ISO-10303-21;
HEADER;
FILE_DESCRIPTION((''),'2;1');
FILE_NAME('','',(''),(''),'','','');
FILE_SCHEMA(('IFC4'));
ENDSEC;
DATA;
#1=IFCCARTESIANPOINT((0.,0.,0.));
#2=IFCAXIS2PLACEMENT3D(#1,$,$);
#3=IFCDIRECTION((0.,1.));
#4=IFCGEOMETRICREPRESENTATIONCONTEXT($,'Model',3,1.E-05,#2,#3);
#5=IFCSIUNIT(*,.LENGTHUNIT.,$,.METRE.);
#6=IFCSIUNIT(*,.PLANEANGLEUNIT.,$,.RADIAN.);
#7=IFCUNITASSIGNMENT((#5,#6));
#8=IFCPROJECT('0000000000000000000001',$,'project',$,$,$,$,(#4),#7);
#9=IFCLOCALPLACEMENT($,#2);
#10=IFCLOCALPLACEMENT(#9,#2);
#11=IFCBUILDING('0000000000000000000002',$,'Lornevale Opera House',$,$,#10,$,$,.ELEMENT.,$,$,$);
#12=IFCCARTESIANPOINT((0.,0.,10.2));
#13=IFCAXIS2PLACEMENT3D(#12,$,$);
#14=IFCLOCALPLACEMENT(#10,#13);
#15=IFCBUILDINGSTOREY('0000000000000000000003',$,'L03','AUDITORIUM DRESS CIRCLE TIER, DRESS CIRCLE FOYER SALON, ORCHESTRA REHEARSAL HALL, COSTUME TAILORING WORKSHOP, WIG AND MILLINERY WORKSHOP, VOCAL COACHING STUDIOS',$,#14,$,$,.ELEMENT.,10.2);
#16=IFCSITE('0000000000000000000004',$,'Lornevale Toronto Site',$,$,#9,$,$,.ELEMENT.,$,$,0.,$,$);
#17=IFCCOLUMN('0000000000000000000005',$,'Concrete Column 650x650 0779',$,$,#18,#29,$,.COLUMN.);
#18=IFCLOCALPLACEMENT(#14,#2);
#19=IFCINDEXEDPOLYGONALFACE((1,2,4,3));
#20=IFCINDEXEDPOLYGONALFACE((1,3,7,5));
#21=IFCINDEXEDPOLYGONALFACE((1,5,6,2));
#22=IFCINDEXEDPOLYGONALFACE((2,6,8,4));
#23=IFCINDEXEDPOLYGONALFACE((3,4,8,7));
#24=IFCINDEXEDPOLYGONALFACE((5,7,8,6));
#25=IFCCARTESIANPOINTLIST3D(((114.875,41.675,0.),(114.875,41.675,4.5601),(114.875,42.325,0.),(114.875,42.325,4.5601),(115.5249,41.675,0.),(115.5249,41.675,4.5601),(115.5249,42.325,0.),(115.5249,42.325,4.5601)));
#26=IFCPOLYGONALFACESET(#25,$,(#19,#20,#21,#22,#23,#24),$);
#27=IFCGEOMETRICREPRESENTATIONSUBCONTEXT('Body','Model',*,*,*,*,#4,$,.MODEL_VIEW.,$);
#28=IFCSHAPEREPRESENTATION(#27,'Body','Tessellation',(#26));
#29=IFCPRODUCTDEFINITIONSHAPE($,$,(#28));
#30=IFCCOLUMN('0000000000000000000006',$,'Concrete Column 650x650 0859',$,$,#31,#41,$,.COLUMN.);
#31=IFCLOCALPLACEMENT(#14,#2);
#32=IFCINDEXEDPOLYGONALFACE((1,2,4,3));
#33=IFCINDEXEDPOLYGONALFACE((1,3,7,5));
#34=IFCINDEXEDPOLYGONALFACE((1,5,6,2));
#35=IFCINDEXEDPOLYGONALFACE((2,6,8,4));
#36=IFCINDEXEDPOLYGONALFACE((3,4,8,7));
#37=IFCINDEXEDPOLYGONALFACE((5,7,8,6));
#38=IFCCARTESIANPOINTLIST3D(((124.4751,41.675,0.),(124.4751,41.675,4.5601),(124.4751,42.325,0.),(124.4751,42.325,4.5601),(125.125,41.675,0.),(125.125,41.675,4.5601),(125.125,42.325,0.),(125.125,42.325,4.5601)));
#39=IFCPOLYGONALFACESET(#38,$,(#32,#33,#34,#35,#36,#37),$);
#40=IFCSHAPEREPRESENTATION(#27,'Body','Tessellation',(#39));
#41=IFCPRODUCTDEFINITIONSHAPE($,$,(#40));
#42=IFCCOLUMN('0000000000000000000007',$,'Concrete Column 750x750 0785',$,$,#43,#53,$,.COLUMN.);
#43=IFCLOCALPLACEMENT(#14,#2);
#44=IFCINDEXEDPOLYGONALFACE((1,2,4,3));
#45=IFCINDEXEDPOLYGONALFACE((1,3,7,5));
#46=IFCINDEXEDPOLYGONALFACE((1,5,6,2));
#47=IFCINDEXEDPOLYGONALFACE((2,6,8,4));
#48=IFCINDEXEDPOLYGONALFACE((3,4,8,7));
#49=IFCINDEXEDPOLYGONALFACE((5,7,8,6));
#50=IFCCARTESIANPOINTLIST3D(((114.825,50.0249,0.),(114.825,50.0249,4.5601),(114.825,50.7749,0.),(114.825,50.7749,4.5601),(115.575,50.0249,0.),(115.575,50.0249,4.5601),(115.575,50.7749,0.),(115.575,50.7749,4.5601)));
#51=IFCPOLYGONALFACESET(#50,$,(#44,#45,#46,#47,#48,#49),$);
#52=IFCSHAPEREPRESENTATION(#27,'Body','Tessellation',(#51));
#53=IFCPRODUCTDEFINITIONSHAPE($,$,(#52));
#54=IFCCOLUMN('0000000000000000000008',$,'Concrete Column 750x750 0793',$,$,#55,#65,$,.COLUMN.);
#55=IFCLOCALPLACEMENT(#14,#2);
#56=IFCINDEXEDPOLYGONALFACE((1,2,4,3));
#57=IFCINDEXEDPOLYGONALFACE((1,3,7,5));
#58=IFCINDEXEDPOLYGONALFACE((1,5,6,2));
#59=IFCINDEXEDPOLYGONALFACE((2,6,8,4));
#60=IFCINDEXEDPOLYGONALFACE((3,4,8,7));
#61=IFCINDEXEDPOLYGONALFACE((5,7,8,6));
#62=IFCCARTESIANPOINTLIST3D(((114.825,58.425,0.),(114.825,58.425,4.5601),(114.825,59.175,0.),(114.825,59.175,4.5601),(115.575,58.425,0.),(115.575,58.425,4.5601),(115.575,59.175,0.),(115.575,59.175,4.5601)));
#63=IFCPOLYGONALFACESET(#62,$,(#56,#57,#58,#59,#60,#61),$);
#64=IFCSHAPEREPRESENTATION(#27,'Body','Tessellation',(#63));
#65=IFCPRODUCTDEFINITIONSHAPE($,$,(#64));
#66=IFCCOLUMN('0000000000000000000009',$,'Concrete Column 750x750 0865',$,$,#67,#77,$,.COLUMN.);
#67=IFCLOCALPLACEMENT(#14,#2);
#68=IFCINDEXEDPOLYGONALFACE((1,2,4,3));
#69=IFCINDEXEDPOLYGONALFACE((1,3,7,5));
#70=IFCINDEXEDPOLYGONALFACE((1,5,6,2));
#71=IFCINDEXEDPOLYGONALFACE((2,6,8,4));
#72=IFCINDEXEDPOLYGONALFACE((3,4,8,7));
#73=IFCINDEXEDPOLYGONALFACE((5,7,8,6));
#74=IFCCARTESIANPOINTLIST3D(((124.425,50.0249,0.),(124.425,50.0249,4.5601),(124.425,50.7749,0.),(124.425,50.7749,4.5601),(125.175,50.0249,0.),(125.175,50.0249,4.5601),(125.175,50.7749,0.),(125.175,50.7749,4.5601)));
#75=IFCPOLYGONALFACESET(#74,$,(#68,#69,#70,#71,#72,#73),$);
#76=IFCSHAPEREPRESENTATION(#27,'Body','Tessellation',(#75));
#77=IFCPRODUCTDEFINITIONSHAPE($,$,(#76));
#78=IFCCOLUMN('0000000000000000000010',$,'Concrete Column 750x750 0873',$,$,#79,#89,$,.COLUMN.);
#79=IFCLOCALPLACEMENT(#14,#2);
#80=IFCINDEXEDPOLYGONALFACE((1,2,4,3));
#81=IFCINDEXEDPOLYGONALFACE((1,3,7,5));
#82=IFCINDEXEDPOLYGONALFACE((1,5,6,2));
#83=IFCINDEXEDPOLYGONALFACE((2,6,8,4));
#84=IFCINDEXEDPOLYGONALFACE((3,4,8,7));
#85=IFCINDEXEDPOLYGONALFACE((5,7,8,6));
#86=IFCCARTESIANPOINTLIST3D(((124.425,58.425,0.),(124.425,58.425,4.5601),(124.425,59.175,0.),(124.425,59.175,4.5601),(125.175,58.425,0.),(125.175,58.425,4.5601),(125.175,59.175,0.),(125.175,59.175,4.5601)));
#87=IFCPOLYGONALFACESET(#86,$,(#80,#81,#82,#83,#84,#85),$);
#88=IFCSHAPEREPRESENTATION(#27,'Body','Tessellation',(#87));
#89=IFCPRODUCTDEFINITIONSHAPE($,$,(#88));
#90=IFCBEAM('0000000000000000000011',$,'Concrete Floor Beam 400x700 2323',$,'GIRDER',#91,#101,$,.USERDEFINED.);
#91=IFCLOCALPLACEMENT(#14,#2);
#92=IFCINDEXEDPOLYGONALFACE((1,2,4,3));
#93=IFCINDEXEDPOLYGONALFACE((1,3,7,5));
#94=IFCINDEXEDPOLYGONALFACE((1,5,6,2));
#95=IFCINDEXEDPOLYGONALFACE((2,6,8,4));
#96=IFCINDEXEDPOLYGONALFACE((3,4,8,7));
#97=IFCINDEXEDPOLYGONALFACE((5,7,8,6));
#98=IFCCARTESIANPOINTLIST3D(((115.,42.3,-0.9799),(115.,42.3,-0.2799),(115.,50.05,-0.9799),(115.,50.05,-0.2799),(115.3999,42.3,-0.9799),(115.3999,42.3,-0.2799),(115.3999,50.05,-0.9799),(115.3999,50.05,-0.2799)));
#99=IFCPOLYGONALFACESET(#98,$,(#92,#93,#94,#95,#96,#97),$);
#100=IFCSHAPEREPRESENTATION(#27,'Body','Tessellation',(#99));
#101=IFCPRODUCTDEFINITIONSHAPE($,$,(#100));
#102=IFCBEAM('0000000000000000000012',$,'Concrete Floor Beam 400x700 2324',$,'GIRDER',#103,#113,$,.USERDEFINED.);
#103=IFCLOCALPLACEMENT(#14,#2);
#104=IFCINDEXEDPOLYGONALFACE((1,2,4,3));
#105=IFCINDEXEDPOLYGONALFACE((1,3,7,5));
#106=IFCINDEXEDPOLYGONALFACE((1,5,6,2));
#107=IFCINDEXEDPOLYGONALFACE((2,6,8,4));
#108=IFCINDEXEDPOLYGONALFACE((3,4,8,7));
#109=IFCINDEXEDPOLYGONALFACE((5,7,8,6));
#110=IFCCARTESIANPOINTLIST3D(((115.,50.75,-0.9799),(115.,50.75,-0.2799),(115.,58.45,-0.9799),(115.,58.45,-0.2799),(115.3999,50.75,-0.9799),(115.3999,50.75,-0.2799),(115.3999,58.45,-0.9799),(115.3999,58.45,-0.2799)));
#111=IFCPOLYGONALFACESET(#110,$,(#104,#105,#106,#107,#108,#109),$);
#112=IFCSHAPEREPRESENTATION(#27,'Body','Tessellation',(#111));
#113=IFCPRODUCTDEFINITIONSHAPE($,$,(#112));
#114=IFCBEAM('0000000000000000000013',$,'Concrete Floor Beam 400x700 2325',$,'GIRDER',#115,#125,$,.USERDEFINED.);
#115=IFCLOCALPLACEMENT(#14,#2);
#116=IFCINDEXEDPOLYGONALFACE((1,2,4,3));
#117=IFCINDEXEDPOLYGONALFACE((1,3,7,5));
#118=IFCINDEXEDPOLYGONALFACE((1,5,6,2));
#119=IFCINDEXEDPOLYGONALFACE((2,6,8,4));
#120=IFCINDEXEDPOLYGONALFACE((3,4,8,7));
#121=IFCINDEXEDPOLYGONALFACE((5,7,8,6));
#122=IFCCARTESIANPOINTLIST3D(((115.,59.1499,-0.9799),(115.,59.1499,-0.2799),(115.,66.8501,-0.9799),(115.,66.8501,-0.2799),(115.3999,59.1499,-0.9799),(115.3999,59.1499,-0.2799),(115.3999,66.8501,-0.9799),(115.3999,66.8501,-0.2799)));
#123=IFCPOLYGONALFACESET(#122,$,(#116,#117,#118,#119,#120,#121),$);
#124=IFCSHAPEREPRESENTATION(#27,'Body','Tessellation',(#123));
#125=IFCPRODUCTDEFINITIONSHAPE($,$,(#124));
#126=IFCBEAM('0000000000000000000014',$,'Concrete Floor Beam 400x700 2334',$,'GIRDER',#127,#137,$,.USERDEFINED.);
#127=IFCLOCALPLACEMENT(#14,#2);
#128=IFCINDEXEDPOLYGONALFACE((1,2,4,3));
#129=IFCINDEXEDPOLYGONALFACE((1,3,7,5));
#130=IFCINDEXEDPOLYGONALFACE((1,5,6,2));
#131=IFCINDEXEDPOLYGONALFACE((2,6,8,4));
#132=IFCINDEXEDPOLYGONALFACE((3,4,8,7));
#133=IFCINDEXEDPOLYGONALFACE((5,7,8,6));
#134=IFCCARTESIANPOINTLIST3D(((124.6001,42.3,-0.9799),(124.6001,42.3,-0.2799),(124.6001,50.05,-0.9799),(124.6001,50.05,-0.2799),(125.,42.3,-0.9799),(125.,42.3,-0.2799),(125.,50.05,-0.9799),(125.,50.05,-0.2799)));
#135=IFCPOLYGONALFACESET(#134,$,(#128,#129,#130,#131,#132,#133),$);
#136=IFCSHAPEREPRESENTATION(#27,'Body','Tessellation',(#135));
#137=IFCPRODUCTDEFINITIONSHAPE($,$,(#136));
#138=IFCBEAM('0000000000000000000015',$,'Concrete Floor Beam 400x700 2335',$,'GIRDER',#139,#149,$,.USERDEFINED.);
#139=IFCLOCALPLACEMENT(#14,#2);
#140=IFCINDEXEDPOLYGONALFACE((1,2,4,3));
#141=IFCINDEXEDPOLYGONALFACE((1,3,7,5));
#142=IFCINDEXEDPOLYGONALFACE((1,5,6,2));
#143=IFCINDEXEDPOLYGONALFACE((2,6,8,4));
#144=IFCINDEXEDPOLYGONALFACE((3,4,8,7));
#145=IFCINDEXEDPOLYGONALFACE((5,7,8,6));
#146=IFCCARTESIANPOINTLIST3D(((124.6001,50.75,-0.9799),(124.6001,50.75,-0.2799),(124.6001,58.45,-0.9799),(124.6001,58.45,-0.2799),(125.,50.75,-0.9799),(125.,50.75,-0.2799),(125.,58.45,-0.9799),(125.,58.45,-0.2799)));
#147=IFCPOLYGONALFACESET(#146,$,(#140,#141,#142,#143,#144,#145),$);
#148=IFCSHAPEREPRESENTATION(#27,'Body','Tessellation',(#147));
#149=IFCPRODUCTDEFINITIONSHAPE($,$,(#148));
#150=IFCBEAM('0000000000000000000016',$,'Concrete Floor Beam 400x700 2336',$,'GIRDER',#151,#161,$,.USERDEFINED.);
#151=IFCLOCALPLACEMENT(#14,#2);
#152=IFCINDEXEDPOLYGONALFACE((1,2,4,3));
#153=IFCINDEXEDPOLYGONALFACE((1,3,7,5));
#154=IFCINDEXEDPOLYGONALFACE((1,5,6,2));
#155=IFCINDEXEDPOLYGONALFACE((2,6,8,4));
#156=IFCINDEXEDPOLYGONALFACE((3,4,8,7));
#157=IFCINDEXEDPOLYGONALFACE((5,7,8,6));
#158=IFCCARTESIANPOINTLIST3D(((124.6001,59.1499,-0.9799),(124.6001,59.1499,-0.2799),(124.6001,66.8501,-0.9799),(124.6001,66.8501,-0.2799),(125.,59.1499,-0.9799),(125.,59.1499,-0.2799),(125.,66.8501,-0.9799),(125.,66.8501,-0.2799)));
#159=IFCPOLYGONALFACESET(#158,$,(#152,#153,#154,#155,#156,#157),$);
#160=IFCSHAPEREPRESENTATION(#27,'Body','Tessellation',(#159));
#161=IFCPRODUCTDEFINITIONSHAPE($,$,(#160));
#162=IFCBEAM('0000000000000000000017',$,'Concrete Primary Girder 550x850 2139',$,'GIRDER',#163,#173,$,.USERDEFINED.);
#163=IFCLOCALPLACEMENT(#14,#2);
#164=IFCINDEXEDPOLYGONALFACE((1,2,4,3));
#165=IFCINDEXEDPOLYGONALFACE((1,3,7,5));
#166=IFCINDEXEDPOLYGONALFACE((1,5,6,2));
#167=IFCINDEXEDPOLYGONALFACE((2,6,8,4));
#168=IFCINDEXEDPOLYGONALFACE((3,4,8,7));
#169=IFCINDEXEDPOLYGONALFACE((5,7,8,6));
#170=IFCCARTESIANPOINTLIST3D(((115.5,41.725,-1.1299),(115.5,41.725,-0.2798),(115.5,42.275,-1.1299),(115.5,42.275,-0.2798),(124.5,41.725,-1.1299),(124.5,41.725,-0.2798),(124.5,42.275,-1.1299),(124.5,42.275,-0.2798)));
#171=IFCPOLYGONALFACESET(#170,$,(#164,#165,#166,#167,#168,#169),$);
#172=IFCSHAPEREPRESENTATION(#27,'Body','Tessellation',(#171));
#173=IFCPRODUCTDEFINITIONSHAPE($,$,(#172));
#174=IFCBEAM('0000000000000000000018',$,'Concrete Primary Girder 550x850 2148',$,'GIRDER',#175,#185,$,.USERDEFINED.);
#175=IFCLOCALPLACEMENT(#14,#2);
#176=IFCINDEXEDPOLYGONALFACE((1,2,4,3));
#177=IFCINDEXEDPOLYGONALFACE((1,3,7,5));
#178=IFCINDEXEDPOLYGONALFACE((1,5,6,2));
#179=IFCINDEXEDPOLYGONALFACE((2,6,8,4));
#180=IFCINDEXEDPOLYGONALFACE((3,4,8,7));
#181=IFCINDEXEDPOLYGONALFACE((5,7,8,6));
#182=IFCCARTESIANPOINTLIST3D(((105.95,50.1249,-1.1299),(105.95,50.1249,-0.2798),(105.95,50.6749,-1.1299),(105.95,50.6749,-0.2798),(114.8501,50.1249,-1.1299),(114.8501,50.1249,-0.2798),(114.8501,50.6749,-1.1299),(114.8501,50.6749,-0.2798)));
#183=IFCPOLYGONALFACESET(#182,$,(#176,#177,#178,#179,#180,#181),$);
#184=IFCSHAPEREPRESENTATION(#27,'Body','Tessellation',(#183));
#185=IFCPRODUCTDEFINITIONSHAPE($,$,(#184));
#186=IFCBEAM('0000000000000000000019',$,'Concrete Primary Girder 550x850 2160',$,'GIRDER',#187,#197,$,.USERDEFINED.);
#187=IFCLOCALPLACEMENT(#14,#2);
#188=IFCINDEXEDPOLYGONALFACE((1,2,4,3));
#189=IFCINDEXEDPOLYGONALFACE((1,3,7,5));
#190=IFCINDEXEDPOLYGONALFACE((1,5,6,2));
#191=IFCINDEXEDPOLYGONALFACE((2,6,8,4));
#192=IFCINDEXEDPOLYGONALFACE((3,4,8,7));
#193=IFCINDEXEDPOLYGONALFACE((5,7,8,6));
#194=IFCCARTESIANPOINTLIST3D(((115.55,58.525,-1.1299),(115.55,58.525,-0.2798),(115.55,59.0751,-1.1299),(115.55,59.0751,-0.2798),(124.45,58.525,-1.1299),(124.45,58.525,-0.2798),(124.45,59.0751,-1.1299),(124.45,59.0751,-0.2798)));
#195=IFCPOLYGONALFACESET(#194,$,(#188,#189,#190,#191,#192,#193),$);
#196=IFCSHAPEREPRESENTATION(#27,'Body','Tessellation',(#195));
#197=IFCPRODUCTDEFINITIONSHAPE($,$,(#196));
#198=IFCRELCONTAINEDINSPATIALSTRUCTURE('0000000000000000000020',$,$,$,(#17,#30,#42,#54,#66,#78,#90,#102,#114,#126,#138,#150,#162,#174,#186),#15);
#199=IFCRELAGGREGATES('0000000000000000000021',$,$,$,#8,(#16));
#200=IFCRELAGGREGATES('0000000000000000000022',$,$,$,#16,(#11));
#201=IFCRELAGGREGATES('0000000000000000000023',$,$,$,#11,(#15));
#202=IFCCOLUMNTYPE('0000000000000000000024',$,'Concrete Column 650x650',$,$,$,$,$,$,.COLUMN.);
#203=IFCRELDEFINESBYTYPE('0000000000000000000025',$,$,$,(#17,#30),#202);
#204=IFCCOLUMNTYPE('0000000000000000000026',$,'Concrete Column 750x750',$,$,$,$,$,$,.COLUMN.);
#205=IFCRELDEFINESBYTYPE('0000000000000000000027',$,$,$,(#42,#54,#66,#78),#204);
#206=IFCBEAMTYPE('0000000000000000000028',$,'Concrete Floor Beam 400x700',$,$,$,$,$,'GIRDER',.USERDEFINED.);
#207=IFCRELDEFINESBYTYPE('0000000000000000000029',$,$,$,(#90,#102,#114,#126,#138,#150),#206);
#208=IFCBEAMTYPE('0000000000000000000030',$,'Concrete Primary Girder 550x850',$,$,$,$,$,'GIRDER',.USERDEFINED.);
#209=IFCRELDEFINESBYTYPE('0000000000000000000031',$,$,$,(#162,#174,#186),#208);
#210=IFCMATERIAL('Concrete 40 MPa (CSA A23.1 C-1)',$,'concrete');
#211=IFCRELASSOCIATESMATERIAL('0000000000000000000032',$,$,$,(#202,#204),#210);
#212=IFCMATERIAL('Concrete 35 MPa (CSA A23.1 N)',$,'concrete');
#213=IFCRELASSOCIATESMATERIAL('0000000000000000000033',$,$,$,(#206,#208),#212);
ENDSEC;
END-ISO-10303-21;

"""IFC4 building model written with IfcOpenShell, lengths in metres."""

from ifc_helpers import new_model, si_unit, direction, frame, origin, origin_2d, place, context, subcontext, project, spatial, rectangle, extrude, material, material_profile, profile_set, type_object, element, save


model = new_model("IFC4")

# Units and contexts
model_context = context("Model", 3, precision=1e-05, world=origin(), true_north=direction((0.0, 1.0)))
body_context = subcontext(model_context, "Body", "Model", "MODEL_VIEW")
ifc_project = project(units=[si_unit("LENGTHUNIT", "METRE"), si_unit("PLANEANGLEUNIT", "RADIAN")], contexts=[model_context])

# Site, building, storey
site_placement = place(None, origin())
site = spatial("IfcSite", under=ifc_project, at=site_placement, Name="Lornevale Toronto Site", CompositionType="ELEMENT", RefElevation=0.0)
building_placement = place(site_placement, origin())
building = spatial("IfcBuilding", under=site, at=building_placement, Name="Lornevale Opera House", CompositionType="ELEMENT")
storey_placement = place(building_placement, frame((0.0, 0.0, 10.2)))
storey = spatial("IfcBuildingStorey", under=building, at=storey_placement, Name="L03", Description="AUDITORIUM DRESS CIRCLE TIER, DRESS CIRCLE FOYER SALON, ORCHESTRA REHEARSAL HALL, COSTUME TAILORING WORKSHOP, WIG AND MILLINERY WORKSHOP, VOCAL COACHING STUDIOS", CompositionType="ELEMENT", Elevation=10.2)

# Columns
ifc_material_1 = material(Name="Concrete 40 MPa (CSA A23.1 C-1)", Category="concrete")
ifc_material_profile_1 = material_profile(ifc_material_1, rectangle(XDim=0.6499, YDim=0.6499, at=origin_2d()), Name="RC650x650")
ifc_profile_set_1 = profile_set([ifc_material_profile_1], Name="Concrete 40 MPa (CSA A23.1 C-1)")
column_type_1 = type_object("IfcColumnType", Name="Concrete Column 650x650", PredefinedType="COLUMN", material=ifc_profile_set_1)
for number, where, z_axis, x_axis, name in (
    (1, (115.2, 42.0, 0.0), (0.0, 0.0, 1.0), (1.0, 0.0, 0.0), "Concrete Column 650x650 0779"),
    (2, (124.8, 42.0, 0.0), (0.0, 0.0, 1.0), (1.0, 0.0, 0.0), "Concrete Column 650x650 0859"),
):
    element("IfcColumn", number, at=place(storey_placement, frame(where, z_axis=z_axis, x_axis=x_axis)), inside=storey, type_object=column_type_1, Name=name, PredefinedType="COLUMN", context=body_context, shape_type="SweptSolid", body=[
        extrude(rectangle(XDim=0.6499, YDim=0.6499, at=origin_2d()), origin(), (0.0, 0.0, 1.0), 4.5601),
    ])
ifc_material_profile_2 = material_profile(ifc_material_1, rectangle(XDim=0.75, YDim=0.75, at=origin_2d()), Name="RC750x750")
ifc_profile_set_2 = profile_set([ifc_material_profile_2], Name="Concrete 40 MPa (CSA A23.1 C-1)")
column_type_2 = type_object("IfcColumnType", Name="Concrete Column 750x750", PredefinedType="COLUMN", material=ifc_profile_set_2)
for number, where, z_axis, x_axis, name in (
    (3, (115.2, 50.3999, 0.0), (0.0, 0.0, 1.0), (1.0, 0.0, 0.0), "Concrete Column 750x750 0785"),
    (4, (115.2, 58.8, 0.0), (0.0, 0.0, 1.0), (1.0, 0.0, 0.0), "Concrete Column 750x750 0793"),
    (5, (124.8, 50.3999, 0.0), (0.0, 0.0, 1.0), (1.0, 0.0, 0.0), "Concrete Column 750x750 0865"),
    (6, (124.8, 58.8, 0.0), (0.0, 0.0, 1.0), (1.0, 0.0, 0.0), "Concrete Column 750x750 0873"),
):
    element("IfcColumn", number, at=place(storey_placement, frame(where, z_axis=z_axis, x_axis=x_axis)), inside=storey, type_object=column_type_2, Name=name, PredefinedType="COLUMN", context=body_context, shape_type="SweptSolid", body=[
        extrude(rectangle(XDim=0.75, YDim=0.75, at=origin_2d()), origin(), (0.0, 0.0, 1.0), 4.5601),
    ])

# Beams
ifc_material_2 = material(Name="Concrete 35 MPa (CSA A23.1 N)", Category="concrete")
ifc_material_profile_3 = material_profile(ifc_material_2, rectangle(XDim=0.3999, YDim=0.7, at=origin_2d()), Name="RC400x700")
ifc_profile_set_3 = profile_set([ifc_material_profile_3], Name="Concrete 35 MPa (CSA A23.1 N)")
beam_type_1 = type_object("IfcBeamType", Name="Concrete Floor Beam 400x700", ElementType="GIRDER", PredefinedType="USERDEFINED", material=ifc_profile_set_3)
beam_1_placement = place(storey_placement, frame((115.2, 42.3, -0.6299), z_axis=(0.0, 1.0, 0.0), x_axis=(-1.0, 0.0, 0.0)))
element("IfcBeam", 7, at=beam_1_placement, inside=storey, type_object=beam_type_1, Name="Concrete Floor Beam 400x700 2323", ObjectType="GIRDER", PredefinedType="USERDEFINED", context=body_context, shape_type="SweptSolid", body=[
    extrude(rectangle(XDim=0.3999, YDim=0.7, at=origin_2d()), origin(), (0.0, 0.0, 1.0), 7.75),
])
beam_2_placement = place(storey_placement, frame((115.2, 50.75, -0.6299), z_axis=(0.0, 1.0, 0.0), x_axis=(-1.0, 0.0, 0.0)))
element("IfcBeam", 8, at=beam_2_placement, inside=storey, type_object=beam_type_1, Name="Concrete Floor Beam 400x700 2324", ObjectType="GIRDER", PredefinedType="USERDEFINED", context=body_context, shape_type="SweptSolid", body=[
    extrude(rectangle(XDim=0.3999, YDim=0.7, at=origin_2d()), origin(), (0.0, 0.0, 1.0), 7.7),
])
beam_3_placement = place(storey_placement, frame((115.2, 59.1499, -0.6299), z_axis=(0.0, 1.0, 0.0), x_axis=(-1.0, 0.0, 0.0)))
element("IfcBeam", 9, at=beam_3_placement, inside=storey, type_object=beam_type_1, Name="Concrete Floor Beam 400x700 2325", ObjectType="GIRDER", PredefinedType="USERDEFINED", context=body_context, shape_type="SweptSolid", body=[
    extrude(rectangle(XDim=0.3999, YDim=0.7, at=origin_2d()), origin(), (0.0, 0.0, 1.0), 7.7002),
])
beam_4_placement = place(storey_placement, frame((124.8, 42.3, -0.6299), z_axis=(0.0, 1.0, 0.0), x_axis=(-1.0, 0.0, 0.0)))
element("IfcBeam", 10, at=beam_4_placement, inside=storey, type_object=beam_type_1, Name="Concrete Floor Beam 400x700 2334", ObjectType="GIRDER", PredefinedType="USERDEFINED", context=body_context, shape_type="SweptSolid", body=[
    extrude(rectangle(XDim=0.3999, YDim=0.7, at=origin_2d()), origin(), (0.0, 0.0, 1.0), 7.75),
])
beam_5_placement = place(storey_placement, frame((124.8, 50.75, -0.6299), z_axis=(0.0, 1.0, 0.0), x_axis=(-1.0, 0.0, 0.0)))
element("IfcBeam", 11, at=beam_5_placement, inside=storey, type_object=beam_type_1, Name="Concrete Floor Beam 400x700 2335", ObjectType="GIRDER", PredefinedType="USERDEFINED", context=body_context, shape_type="SweptSolid", body=[
    extrude(rectangle(XDim=0.3999, YDim=0.7, at=origin_2d()), origin(), (0.0, 0.0, 1.0), 7.7),
])
beam_6_placement = place(storey_placement, frame((124.8, 59.1499, -0.6299), z_axis=(0.0, 1.0, 0.0), x_axis=(-1.0, 0.0, 0.0)))
element("IfcBeam", 12, at=beam_6_placement, inside=storey, type_object=beam_type_1, Name="Concrete Floor Beam 400x700 2336", ObjectType="GIRDER", PredefinedType="USERDEFINED", context=body_context, shape_type="SweptSolid", body=[
    extrude(rectangle(XDim=0.3999, YDim=0.7, at=origin_2d()), origin(), (0.0, 0.0, 1.0), 7.7002),
])
ifc_material_profile_4 = material_profile(ifc_material_2, rectangle(XDim=0.55, YDim=0.8501, at=origin_2d()), Name="RC550x850")
ifc_profile_set_4 = profile_set([ifc_material_profile_4], Name="Concrete 35 MPa (CSA A23.1 N)")
beam_type_2 = type_object("IfcBeamType", Name="Concrete Primary Girder 550x850", ElementType="GIRDER", PredefinedType="USERDEFINED", material=ifc_profile_set_4)
beam_7_placement = place(storey_placement, frame((115.5, 42.0, -0.7048), z_axis=(1.0, 0.0, 0.0), x_axis=(0.0, 1.0, 0.0)))
element("IfcBeam", 13, at=beam_7_placement, inside=storey, type_object=beam_type_2, Name="Concrete Primary Girder 550x850 2139", ObjectType="GIRDER", PredefinedType="USERDEFINED", context=body_context, shape_type="SweptSolid", body=[
    extrude(rectangle(XDim=0.55, YDim=0.8501, at=origin_2d()), origin(), (0.0, 0.0, 1.0), 9.0),
])
beam_8_placement = place(storey_placement, frame((105.95, 50.3999, -0.7048), z_axis=(1.0, 0.0, 0.0), x_axis=(0.0, 1.0, 0.0)))
element("IfcBeam", 14, at=beam_8_placement, inside=storey, type_object=beam_type_2, Name="Concrete Primary Girder 550x850 2148", ObjectType="GIRDER", PredefinedType="USERDEFINED", context=body_context, shape_type="SweptSolid", body=[
    extrude(rectangle(XDim=0.55, YDim=0.8501, at=origin_2d()), origin(), (0.0, 0.0, 1.0), 8.9001),
])
beam_9_placement = place(storey_placement, frame((115.55, 58.8, -0.7048), z_axis=(1.0, 0.0, 0.0), x_axis=(0.0, 1.0, 0.0)))
element("IfcBeam", 15, at=beam_9_placement, inside=storey, type_object=beam_type_2, Name="Concrete Primary Girder 550x850 2160", ObjectType="GIRDER", PredefinedType="USERDEFINED", context=body_context, shape_type="SweptSolid", body=[
    extrude(rectangle(XDim=0.55, YDim=0.8501, at=origin_2d()), origin(), (0.0, 0.0, 1.0), 8.8999),
])

save(model, "model.ifc")
